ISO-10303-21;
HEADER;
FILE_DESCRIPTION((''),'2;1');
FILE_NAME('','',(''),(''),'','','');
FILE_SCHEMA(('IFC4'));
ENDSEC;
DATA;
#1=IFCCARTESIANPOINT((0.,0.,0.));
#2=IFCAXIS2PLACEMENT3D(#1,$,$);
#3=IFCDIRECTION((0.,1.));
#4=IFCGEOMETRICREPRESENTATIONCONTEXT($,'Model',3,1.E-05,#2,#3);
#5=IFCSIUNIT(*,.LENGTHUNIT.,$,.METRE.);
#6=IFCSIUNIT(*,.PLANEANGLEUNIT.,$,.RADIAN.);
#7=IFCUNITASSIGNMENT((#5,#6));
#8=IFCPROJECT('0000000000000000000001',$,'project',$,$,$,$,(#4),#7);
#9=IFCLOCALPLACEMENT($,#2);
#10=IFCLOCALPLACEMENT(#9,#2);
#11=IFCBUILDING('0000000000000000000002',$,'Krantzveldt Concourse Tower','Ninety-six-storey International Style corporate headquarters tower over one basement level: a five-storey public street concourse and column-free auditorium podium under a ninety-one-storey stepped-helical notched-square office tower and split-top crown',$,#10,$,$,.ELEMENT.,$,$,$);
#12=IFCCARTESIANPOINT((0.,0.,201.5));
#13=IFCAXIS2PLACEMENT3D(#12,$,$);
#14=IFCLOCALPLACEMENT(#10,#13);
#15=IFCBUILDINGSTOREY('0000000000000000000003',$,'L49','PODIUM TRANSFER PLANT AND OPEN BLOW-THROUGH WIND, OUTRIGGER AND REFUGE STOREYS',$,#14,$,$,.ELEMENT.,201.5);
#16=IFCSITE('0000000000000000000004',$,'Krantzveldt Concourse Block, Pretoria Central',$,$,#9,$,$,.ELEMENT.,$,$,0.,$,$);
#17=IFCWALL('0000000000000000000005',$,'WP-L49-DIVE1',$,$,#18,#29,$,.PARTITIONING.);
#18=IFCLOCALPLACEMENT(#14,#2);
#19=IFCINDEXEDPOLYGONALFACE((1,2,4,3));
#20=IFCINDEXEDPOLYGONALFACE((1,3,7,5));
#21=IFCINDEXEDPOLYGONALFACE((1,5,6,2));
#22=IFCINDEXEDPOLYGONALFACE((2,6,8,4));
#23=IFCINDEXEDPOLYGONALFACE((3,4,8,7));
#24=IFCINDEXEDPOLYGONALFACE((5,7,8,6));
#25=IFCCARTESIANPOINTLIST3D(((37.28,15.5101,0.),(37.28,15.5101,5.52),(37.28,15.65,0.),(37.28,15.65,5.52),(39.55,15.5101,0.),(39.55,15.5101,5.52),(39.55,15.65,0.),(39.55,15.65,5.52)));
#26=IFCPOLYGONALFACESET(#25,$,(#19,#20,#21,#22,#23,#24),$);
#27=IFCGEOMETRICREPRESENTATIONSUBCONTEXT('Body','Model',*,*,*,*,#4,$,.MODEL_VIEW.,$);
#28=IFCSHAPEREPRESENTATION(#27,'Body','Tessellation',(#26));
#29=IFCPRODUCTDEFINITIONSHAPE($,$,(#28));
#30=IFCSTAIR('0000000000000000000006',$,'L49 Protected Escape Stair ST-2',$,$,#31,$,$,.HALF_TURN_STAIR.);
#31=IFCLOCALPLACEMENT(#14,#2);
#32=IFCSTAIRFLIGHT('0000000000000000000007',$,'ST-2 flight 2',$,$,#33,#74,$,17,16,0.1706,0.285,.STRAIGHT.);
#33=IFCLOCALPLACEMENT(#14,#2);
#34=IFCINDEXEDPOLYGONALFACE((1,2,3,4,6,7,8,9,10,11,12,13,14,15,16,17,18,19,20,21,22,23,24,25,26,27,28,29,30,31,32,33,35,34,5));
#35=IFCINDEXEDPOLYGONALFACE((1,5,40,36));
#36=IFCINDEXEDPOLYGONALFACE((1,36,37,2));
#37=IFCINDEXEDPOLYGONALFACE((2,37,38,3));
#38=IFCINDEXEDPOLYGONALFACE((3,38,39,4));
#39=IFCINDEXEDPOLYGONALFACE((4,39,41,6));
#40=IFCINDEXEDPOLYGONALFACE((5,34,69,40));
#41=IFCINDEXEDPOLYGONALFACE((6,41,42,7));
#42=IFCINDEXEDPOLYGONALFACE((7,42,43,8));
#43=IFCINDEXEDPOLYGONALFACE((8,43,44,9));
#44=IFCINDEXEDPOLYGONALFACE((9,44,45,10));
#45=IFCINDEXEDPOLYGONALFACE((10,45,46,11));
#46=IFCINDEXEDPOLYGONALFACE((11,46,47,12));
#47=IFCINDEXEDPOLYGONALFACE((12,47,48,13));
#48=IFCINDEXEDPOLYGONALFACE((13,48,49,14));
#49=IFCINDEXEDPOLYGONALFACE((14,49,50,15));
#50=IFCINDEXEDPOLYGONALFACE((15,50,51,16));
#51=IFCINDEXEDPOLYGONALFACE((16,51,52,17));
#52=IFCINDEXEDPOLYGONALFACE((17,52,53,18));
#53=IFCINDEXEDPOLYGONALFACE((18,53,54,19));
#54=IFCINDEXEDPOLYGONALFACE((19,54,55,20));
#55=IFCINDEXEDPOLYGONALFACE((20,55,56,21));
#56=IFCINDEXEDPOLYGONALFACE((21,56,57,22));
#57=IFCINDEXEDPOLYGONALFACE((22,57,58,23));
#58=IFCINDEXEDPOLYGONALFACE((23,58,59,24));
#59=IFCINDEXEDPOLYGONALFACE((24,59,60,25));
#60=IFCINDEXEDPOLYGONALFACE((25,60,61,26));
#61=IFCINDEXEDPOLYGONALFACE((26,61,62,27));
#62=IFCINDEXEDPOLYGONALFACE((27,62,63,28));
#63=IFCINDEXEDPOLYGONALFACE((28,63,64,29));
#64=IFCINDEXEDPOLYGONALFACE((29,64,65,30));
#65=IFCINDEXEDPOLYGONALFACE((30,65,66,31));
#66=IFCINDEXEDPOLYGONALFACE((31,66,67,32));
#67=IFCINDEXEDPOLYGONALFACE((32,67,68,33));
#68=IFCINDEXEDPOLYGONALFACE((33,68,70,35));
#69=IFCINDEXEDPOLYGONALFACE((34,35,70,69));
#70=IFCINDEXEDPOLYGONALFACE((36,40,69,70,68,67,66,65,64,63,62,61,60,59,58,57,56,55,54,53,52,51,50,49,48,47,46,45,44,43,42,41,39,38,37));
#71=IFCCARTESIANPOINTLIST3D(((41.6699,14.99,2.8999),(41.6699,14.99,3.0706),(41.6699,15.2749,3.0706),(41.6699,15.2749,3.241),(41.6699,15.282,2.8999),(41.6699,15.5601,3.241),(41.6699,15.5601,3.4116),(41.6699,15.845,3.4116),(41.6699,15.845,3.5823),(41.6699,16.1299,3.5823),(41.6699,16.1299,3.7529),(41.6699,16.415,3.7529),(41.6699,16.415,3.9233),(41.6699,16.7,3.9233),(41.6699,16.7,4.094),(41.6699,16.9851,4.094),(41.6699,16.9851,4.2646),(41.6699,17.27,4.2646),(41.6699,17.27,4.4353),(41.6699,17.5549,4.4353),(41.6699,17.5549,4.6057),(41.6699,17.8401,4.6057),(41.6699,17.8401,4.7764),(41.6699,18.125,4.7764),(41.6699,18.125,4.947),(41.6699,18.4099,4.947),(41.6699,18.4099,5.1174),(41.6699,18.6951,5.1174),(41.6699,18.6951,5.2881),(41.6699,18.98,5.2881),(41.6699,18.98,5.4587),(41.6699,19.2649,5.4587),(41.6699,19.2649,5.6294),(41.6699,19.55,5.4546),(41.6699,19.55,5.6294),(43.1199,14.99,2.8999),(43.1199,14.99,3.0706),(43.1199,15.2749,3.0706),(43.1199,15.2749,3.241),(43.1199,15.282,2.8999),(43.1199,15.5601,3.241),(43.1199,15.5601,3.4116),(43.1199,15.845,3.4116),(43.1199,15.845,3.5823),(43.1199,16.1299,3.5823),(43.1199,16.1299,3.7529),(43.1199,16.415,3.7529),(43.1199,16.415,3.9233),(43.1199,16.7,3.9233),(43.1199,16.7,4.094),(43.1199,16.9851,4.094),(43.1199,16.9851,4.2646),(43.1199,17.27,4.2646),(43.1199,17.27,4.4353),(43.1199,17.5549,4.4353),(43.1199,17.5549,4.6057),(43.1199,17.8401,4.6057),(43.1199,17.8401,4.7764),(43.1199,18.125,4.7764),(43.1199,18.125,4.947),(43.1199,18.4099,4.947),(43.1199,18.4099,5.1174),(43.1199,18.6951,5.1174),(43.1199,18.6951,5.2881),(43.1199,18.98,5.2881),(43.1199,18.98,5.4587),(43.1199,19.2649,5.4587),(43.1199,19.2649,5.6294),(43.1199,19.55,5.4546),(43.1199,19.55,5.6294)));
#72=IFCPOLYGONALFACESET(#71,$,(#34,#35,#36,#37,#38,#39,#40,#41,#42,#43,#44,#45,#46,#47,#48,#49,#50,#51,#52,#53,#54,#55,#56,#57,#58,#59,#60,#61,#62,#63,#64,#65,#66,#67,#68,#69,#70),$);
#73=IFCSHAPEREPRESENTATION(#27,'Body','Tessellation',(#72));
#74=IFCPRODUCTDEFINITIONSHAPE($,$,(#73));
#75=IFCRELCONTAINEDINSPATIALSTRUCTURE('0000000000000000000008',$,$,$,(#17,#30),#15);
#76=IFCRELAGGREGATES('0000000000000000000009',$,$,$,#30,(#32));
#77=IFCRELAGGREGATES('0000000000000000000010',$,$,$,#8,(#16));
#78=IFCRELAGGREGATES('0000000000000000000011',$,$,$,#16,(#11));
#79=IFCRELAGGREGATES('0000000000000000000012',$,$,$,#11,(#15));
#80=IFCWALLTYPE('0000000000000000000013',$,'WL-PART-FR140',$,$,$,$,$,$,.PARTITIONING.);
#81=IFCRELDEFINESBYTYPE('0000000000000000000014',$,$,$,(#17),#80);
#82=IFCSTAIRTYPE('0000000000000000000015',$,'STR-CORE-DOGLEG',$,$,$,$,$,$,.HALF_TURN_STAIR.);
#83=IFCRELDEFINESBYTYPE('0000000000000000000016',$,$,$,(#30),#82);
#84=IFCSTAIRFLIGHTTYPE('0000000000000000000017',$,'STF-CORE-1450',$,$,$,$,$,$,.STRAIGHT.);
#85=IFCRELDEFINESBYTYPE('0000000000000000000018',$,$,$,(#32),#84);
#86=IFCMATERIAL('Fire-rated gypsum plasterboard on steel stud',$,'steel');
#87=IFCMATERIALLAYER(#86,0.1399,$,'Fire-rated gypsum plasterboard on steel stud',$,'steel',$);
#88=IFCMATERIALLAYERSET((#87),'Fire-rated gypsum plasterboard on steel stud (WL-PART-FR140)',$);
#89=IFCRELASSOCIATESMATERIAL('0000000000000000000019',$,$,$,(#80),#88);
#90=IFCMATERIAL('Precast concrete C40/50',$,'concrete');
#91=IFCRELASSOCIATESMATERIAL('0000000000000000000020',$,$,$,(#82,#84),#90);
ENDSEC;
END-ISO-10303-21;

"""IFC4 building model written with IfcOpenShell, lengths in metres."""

from ifc_helpers import new_model, si_unit, direction, frame, frame_2d, origin, place, context, subcontext, project, spatial, polyline, rectangle, outline, extrude, material, layer, layer_set, type_object, element, aggregate, save


model = new_model("IFC4")

# Units and contexts
model_context = context("Model", 3, precision=1e-05, world=origin(), true_north=direction((0.0, 1.0)))
body_context = subcontext(model_context, "Body", "Model", "MODEL_VIEW")
ifc_project = project(units=[si_unit("LENGTHUNIT", "METRE"), si_unit("PLANEANGLEUNIT", "RADIAN")], contexts=[model_context])

# Site, building, storey
site_placement = place(None, origin())
site = spatial("IfcSite", under=ifc_project, at=site_placement, Name="Krantzveldt Concourse Block, Pretoria Central", CompositionType="ELEMENT", RefElevation=0.0)
building_placement = place(site_placement, origin())
building = spatial("IfcBuilding", under=site, at=building_placement, Name="Krantzveldt Concourse Tower", Description="Ninety-six-storey International Style corporate headquarters tower over one basement level: a five-storey public street concourse and column-free auditorium podium under a ninety-one-storey stepped-helical notched-square office tower and split-top crown", CompositionType="ELEMENT")
storey_placement = place(building_placement, frame((0.0, 0.0, 201.5)))
storey = spatial("IfcBuildingStorey", under=building, at=storey_placement, Name="L49", Description="PODIUM TRANSFER PLANT AND OPEN BLOW-THROUGH WIND, OUTRIGGER AND REFUGE STOREYS", CompositionType="ELEMENT", Elevation=201.5)

# Wall
ifc_material_1 = material(Name="Fire-rated gypsum plasterboard on steel stud", Category="steel")
ifc_layer_1 = layer(ifc_material_1, 0.1399, Name="Fire-rated gypsum plasterboard on steel stud", Category="steel")
ifc_layer_set_1 = layer_set([ifc_layer_1], Name="Fire-rated gypsum plasterboard on steel stud (WL-PART-FR140)")
wall_type = type_object("IfcWallType", Name="WL-PART-FR140", PredefinedType="PARTITIONING", material=ifc_layer_set_1)
wall_placement = place(storey_placement, frame((37.28, 15.5801, 0.0), z_axis=(0.0, 0.0, 1.0), x_axis=(1.0, 0.0, 0.0)))
element("IfcWall", 1, at=wall_placement, inside=storey, type_object=wall_type, Name="WP-L49-DIVE1", PredefinedType="PARTITIONING", context=body_context, shape_type="SweptSolid", body=[
    extrude(rectangle(XDim=2.27, YDim=0.1399, at=frame_2d((1.135, 0.0))), origin(), (0.0, 0.0, 1.0), 5.52),
])

# Stair, stair flight
ifc_material_2 = material(Name="Precast concrete C40/50", Category="concrete")
stair_type = type_object("IfcStairType", Name="STR-CORE-DOGLEG", PredefinedType="HALF_TURN_STAIR", material=ifc_material_2)
stair_placement = place(storey_placement, origin())
stair = element("IfcStair", 2, at=stair_placement, inside=storey, type_object=stair_type, Name="L49 Protected Escape Stair ST-2", PredefinedType="HALF_TURN_STAIR")
stair_flight_type = type_object("IfcStairFlightType", Name="STF-CORE-1450", PredefinedType="STRAIGHT", material=ifc_material_2)
stair_flight_placement = place(storey_placement, frame((42.395, 14.99, 2.8999), z_axis=(0.0, 0.0, 1.0), x_axis=(0.0, 1.0, 0.0)))
stair_flight = element("IfcStairFlight", 3, at=stair_flight_placement, type_object=stair_flight_type, Name="ST-2 flight 2", NumberOfRisers=17, NumberOfTreads=16, PredefinedType="STRAIGHT", RiserHeight=0.1706, TreadLength=0.285, context=body_context, shape_type="SweptSolid", body=[
    extrude(outline(polyline([(0.0, 0.0), (0.0, 0.1707), (0.2849, 0.1707), (0.2849, 0.3411), (0.5701, 0.3411), (0.5701, 0.5117), (0.855, 0.5117), (0.855, 0.6824), (1.1399, 0.6824), (1.1399, 0.853), (1.425, 0.853), (1.425, 1.0234), (1.71, 1.0234), (1.71, 1.1941), (1.9951, 1.1941), (1.9951, 1.3647), (2.28, 1.3647), (2.28, 1.5354), (2.5649, 1.5354), (2.5649, 1.7058), (2.8501, 1.7058), (2.8501, 1.8765), (3.135, 1.8765), (3.135, 2.0471), (3.4199, 2.0471), (3.4199, 2.2175), (3.7051, 2.2175), (3.7051, 2.3882), (3.99, 2.3882), (3.99, 2.5588), (4.2749, 2.5588), (4.2749, 2.7295), (4.5601, 2.7295), (4.5601, 2.8999), (4.5601, 2.5547), (0.292, 0.0), (0.0, 0.0)])), frame((0.0, 0.7251, 0.0), z_axis=(0.0, -1.0, 0.0), x_axis=(1.0, 0.0, 0.0)), (0.0, 0.0, 1.0), 1.45),
])
aggregate(stair, [stair_flight])

save(model, "model.ifc")
